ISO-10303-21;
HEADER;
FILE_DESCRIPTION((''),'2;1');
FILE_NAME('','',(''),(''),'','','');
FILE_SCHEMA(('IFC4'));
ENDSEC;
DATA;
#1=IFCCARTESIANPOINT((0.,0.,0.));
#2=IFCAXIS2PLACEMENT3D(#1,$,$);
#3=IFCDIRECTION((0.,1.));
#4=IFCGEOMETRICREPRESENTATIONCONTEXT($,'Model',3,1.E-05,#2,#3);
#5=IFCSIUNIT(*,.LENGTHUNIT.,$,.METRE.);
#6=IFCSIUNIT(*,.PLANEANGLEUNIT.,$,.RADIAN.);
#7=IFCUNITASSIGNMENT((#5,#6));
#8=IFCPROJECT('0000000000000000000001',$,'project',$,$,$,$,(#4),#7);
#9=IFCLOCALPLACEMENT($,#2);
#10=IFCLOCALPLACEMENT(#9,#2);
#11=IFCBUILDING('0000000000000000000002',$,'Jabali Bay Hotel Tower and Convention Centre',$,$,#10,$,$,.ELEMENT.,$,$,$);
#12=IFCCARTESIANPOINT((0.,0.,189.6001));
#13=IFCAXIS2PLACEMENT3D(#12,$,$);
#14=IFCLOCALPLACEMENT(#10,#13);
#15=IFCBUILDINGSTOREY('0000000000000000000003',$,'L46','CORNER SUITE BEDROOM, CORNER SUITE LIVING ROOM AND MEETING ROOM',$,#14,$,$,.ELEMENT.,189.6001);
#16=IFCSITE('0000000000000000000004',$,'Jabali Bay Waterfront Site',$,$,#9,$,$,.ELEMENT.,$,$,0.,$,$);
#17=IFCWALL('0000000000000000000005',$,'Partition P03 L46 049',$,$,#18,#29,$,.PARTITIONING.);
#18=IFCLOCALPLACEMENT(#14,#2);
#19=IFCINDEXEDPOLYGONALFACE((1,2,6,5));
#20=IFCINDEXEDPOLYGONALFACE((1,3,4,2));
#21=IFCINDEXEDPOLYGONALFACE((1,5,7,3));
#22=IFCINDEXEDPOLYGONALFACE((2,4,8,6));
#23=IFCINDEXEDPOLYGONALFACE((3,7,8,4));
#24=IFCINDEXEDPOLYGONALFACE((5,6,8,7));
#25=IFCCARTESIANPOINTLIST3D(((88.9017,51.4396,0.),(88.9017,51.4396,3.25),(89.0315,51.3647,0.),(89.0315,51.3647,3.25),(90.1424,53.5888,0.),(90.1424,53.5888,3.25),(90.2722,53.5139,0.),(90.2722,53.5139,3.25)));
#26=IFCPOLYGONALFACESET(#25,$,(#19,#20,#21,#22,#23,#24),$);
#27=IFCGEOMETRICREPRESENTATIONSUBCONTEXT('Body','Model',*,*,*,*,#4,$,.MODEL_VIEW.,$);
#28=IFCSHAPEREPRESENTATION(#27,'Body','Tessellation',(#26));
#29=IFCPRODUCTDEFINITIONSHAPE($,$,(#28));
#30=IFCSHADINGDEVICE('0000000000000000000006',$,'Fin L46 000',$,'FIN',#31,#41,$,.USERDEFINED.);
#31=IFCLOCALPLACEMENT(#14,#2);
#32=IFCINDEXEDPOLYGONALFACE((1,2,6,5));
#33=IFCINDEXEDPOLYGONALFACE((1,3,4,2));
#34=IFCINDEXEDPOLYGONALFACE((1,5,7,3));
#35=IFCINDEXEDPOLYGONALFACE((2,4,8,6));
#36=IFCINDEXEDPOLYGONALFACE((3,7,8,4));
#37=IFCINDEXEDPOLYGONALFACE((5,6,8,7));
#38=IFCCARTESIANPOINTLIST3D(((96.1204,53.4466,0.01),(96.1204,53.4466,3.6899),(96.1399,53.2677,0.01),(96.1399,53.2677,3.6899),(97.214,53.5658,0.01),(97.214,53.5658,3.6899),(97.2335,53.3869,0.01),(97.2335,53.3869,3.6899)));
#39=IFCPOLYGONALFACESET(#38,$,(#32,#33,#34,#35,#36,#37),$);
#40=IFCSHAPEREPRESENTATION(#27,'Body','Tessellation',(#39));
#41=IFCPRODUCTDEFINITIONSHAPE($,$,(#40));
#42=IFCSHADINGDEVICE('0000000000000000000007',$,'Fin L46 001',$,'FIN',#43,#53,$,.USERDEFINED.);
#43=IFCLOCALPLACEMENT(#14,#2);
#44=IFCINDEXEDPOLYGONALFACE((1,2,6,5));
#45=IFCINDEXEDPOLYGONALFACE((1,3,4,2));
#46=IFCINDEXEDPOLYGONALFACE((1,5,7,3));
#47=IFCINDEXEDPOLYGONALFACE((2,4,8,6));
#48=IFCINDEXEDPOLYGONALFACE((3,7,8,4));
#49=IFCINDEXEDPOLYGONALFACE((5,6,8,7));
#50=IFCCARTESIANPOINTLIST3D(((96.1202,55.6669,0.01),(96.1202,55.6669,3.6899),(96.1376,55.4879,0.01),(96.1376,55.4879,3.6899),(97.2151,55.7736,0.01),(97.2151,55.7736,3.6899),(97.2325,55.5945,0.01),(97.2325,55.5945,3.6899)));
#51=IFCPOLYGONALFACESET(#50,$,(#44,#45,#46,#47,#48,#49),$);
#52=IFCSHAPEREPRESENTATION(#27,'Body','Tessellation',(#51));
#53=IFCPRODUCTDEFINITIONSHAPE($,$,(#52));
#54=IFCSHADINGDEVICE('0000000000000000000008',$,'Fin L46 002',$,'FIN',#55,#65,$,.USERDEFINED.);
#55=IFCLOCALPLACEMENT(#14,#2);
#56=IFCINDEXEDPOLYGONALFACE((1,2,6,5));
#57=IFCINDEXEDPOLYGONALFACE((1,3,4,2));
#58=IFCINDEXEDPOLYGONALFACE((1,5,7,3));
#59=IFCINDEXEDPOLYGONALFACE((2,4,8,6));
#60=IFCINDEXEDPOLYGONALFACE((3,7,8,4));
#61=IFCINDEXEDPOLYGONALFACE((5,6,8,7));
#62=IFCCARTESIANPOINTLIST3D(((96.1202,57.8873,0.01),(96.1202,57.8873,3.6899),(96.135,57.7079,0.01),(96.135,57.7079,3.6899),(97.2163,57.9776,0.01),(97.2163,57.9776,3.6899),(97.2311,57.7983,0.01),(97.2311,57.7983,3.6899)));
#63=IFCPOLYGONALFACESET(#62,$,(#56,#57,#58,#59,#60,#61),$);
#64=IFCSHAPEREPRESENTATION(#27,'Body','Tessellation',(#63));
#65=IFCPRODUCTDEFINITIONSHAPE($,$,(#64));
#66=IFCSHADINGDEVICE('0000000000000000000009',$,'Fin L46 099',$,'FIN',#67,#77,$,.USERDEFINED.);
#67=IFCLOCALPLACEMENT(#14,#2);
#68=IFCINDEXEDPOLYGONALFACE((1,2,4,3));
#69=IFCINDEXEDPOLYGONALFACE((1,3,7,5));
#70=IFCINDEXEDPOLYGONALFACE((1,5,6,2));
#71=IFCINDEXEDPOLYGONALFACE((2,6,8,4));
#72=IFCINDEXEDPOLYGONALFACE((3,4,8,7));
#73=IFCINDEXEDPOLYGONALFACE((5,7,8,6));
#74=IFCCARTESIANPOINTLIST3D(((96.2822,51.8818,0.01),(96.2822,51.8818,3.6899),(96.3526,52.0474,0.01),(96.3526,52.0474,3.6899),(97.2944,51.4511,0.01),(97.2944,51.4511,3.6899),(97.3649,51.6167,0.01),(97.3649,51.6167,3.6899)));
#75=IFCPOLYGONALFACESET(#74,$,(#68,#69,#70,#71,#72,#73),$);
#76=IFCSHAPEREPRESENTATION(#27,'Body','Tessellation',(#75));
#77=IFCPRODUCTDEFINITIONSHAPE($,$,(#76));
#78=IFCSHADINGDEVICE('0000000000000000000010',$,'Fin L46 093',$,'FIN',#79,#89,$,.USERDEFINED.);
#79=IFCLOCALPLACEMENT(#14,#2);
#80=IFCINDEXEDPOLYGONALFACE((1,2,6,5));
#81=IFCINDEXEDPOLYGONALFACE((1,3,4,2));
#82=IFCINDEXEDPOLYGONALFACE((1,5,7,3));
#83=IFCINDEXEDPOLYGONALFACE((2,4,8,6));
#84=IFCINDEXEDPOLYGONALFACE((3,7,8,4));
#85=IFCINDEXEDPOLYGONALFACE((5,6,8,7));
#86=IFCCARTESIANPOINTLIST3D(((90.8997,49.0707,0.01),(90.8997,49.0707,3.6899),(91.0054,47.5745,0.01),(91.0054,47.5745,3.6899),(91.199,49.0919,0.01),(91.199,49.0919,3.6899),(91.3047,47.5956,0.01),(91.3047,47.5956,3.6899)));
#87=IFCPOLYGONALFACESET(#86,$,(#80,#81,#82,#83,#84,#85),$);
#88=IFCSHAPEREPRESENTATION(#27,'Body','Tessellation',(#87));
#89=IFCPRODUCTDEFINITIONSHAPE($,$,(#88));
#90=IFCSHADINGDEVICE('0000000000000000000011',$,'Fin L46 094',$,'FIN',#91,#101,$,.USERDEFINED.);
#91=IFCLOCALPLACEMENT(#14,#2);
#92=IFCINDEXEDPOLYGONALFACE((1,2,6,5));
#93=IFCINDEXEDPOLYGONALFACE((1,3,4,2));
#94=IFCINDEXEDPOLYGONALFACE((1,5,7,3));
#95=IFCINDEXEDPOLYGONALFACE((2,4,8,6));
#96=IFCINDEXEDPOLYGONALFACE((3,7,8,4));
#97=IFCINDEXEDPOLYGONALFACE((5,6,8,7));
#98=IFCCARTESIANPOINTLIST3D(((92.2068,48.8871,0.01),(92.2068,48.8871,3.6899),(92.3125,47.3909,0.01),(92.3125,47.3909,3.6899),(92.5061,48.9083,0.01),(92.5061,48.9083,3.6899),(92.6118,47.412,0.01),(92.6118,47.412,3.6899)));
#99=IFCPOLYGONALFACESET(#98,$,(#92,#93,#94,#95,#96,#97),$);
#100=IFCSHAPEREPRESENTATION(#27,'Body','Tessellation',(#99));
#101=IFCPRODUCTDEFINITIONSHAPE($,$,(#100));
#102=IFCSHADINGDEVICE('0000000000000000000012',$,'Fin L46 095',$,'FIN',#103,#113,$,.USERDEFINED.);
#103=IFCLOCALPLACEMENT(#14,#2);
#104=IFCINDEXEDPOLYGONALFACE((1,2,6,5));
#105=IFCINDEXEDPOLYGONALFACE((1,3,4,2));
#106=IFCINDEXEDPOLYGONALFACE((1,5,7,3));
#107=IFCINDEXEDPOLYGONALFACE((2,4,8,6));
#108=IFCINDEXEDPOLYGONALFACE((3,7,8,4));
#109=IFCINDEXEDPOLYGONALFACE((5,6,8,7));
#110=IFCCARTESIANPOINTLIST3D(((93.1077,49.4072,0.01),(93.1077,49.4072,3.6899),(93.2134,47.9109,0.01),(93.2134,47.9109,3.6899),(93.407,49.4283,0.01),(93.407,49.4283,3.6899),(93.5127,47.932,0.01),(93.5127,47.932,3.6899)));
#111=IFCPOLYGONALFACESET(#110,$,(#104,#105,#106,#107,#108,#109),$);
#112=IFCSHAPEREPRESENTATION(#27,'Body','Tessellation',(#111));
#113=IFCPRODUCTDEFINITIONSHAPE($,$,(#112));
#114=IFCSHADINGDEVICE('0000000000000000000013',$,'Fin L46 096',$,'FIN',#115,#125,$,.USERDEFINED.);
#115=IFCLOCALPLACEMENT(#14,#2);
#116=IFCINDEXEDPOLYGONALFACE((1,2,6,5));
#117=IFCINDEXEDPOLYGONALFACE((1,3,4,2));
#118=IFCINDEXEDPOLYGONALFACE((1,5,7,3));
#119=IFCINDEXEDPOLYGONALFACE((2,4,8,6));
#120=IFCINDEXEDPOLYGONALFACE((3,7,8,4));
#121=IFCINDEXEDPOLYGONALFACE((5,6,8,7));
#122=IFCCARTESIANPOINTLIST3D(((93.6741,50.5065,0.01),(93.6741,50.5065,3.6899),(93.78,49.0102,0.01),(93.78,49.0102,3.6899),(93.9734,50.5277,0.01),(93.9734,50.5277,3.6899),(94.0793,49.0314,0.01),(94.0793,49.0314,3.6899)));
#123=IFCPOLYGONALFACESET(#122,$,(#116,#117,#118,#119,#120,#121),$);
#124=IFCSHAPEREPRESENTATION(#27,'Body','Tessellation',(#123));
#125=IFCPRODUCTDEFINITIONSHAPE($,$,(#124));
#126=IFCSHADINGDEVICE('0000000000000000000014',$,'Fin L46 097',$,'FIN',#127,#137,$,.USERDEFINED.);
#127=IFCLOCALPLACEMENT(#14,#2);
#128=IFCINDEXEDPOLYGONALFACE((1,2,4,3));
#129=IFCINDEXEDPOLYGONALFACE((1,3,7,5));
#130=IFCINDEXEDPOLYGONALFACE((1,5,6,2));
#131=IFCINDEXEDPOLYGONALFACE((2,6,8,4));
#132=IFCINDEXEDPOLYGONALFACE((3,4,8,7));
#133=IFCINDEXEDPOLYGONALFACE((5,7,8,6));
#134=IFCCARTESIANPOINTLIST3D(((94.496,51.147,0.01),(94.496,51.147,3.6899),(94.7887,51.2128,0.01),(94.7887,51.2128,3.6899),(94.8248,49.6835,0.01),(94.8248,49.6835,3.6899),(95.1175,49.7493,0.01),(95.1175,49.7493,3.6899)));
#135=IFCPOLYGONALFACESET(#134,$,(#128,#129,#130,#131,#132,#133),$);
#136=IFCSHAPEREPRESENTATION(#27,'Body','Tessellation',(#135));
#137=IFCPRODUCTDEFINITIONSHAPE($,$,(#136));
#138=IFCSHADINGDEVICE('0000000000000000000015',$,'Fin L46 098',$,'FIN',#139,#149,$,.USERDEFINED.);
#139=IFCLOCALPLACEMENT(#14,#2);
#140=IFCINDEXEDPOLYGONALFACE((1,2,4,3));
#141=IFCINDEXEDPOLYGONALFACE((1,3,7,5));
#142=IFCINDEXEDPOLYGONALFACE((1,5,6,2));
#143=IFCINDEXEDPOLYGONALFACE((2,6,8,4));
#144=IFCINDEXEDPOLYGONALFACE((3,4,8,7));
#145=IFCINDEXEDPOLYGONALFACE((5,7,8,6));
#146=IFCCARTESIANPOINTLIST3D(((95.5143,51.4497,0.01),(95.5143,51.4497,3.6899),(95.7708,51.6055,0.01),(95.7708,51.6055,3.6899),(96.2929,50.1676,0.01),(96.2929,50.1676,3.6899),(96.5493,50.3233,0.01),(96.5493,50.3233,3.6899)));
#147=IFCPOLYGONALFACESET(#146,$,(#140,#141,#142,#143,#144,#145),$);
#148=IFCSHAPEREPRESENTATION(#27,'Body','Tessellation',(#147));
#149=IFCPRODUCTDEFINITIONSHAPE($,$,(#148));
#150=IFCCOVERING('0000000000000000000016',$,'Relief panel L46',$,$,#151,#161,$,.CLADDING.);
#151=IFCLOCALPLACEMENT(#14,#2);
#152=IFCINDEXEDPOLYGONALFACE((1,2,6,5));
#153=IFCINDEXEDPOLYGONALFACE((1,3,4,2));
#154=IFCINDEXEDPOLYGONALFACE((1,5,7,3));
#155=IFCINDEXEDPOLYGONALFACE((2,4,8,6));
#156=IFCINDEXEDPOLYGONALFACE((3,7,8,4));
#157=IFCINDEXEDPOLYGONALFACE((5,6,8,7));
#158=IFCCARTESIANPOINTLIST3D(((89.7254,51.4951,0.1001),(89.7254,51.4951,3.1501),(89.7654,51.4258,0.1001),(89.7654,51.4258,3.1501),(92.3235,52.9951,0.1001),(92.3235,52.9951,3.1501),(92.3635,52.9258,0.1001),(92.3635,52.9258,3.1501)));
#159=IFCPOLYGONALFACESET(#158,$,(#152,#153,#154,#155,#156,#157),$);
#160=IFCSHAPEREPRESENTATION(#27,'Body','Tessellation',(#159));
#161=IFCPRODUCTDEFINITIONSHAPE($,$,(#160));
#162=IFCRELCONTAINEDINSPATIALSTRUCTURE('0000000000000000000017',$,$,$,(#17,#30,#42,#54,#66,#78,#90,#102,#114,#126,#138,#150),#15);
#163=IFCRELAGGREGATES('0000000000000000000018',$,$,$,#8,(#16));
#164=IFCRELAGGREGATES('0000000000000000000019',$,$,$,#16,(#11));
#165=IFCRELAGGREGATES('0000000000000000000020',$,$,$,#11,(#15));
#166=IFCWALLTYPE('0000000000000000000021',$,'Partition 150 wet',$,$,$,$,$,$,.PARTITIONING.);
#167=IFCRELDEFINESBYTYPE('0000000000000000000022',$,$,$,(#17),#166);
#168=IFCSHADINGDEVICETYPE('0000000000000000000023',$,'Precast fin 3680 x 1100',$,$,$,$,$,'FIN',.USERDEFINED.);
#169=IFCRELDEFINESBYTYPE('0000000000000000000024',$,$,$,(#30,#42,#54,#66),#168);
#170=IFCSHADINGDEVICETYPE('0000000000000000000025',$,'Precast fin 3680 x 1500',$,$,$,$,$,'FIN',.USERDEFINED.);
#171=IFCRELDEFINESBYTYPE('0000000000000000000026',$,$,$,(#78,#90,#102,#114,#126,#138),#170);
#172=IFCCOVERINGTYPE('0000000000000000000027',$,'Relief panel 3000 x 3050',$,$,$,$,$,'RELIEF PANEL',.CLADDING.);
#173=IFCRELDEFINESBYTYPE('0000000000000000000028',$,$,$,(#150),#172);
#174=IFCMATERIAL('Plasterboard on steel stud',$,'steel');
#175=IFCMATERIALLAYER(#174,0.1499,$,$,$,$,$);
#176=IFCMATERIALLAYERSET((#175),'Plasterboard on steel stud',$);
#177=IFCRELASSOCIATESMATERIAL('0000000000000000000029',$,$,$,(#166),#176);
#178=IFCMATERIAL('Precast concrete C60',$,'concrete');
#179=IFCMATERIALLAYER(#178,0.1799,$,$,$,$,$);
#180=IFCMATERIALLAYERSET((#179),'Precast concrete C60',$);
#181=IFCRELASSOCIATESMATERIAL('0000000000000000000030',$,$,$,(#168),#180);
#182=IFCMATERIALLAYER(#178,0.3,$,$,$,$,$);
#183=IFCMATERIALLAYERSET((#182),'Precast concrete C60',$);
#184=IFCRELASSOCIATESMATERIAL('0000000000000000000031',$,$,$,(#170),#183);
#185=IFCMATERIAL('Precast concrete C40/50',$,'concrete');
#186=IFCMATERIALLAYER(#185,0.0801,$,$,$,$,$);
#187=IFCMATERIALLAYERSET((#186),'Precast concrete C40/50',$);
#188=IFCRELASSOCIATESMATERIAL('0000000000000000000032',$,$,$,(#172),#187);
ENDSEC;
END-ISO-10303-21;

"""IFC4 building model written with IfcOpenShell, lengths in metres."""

from ifc_helpers import new_model, si_unit, direction, frame, frame_2d, origin, origin_2d, place, context, subcontext, project, spatial, rectangle, extrude, material, layer, layer_set, type_object, element, save


model = new_model("IFC4")

# Units and contexts
model_context = context("Model", 3, precision=1e-05, world=origin(), true_north=direction((0.0, 1.0)))
body_context = subcontext(model_context, "Body", "Model", "MODEL_VIEW")
ifc_project = project(units=[si_unit("LENGTHUNIT", "METRE"), si_unit("PLANEANGLEUNIT", "RADIAN")], contexts=[model_context])

# Site, building, storey
site_placement = place(None, origin())
site = spatial("IfcSite", under=ifc_project, at=site_placement, Name="Jabali Bay Waterfront Site", CompositionType="ELEMENT", RefElevation=0.0)
building_placement = place(site_placement, origin())
building = spatial("IfcBuilding", under=site, at=building_placement, Name="Jabali Bay Hotel Tower and Convention Centre", CompositionType="ELEMENT")
storey_placement = place(building_placement, frame((0.0, 0.0, 189.6001)))
storey = spatial("IfcBuildingStorey", under=building, at=storey_placement, Name="L46", Description="CORNER SUITE BEDROOM, CORNER SUITE LIVING ROOM AND MEETING ROOM", CompositionType="ELEMENT", Elevation=189.6001)

# Shared definitions
ifc_material_1 = material(Name="Plasterboard on steel stud", Category="steel")
ifc_layer_1 = layer(ifc_material_1, 0.1499)
ifc_layer_set_1 = layer_set([ifc_layer_1], Name="Plasterboard on steel stud")
wall_type_1 = type_object("IfcWallType", Name="Partition 150 wet", PredefinedType="PARTITIONING", material=ifc_layer_set_1)

# Wall
wall_1_placement = place(storey_placement, frame((90.2073, 53.5513, 0.0), z_axis=(0.0, 0.0, 1.0), x_axis=(-0.499969, -0.866043, 0.0)))
element("IfcWall", 1, at=wall_1_placement, inside=storey, type_object=wall_type_1, Name="Partition P03 L46 049", PredefinedType="PARTITIONING", context=body_context, shape_type="SweptSolid", body=[
    extrude(rectangle(XDim=2.4817, YDim=0.1499, at=frame_2d((1.2407, 0.0))), origin(), (0.0, 0.0, 1.0), 3.25),
])

# Shading devices
ifc_material_2 = material(Name="Precast concrete C60", Category="concrete")
ifc_layer_2 = layer(ifc_material_2, 0.1799)
ifc_layer_set_2 = layer_set([ifc_layer_2], Name="Precast concrete C60")
shading_device_type_1 = type_object("IfcShadingDeviceType", Name="Precast fin 3680 x 1100", ElementType="FIN", PredefinedType="USERDEFINED", material=ifc_layer_set_2)
for number, where, z_axis, x_axis, name in (
    (2, (96.1301, 53.3572, 0.01), (0.0, 0.0, 1.0), (0.994117, 0.108312, 0.0), "Fin L46 000"),
    (3, (96.1289, 55.5774, 0.01), (0.0, 0.0, 1.0), (0.995287, 0.096977, 0.0), "Fin L46 001"),
):
    element("IfcShadingDevice", number, at=place(storey_placement, frame(where, z_axis=z_axis, x_axis=x_axis)), inside=storey, type_object=shading_device_type_1, Name=name, ObjectType="FIN", PredefinedType="USERDEFINED", context=body_context, shape_type="SweptSolid", body=[
        extrude(rectangle(XDim=1.1001, YDim=0.1799, at=frame_2d((0.55, 0.0))), origin(), (0.0, 0.0, 1.0), 3.6799),
    ])
shading_device_1_placement = place(storey_placement, frame((96.1277, 57.7976, 0.01), z_axis=(0.0, 0.0, 1.0), x_axis=(0.996622, 0.082127, 0.0)))
element("IfcShadingDevice", 4, at=shading_device_1_placement, inside=storey, type_object=shading_device_type_1, Name="Fin L46 002", ObjectType="FIN", PredefinedType="USERDEFINED", context=body_context, shape_type="SweptSolid", body=[
    extrude(rectangle(XDim=1.0999, YDim=0.1799, at=frame_2d((0.5498, 0.0))), origin(), (0.0, 0.0, 1.0), 3.6799),
])
shading_device_2_placement = place(storey_placement, frame((96.3174, 51.9646, 0.01), z_axis=(0.0, 0.0, 1.0), x_axis=(0.920175, -0.391507, 0.0)))
element("IfcShadingDevice", 5, at=shading_device_2_placement, inside=storey, type_object=shading_device_type_1, Name="Fin L46 099", ObjectType="FIN", PredefinedType="USERDEFINED", context=body_context, shape_type="SweptSolid", body=[
    extrude(rectangle(XDim=1.1001, YDim=0.1799, at=frame_2d((0.55, 0.0))), origin(), (0.0, 0.0, 1.0), 3.6799),
])
ifc_layer_3 = layer(ifc_material_2, 0.3)
ifc_layer_set_3 = layer_set([ifc_layer_3], Name="Precast concrete C60")
shading_device_type_2 = type_object("IfcShadingDeviceType", Name="Precast fin 3680 x 1500", ElementType="FIN", PredefinedType="USERDEFINED", material=ifc_layer_set_3)
for number, where, z_axis, x_axis, name in (
    (6, (91.0493, 49.0813, 0.01), (0.0, 0.0, 1.0), (0.070472, -0.997514, 0.0), "Fin L46 093"),
    (7, (92.3564, 48.8977, 0.01), (0.0, 0.0, 1.0), (0.070472, -0.997514, 0.0), "Fin L46 094"),
    (8, (93.2573, 49.4177, 0.01), (0.0, 0.0, 1.0), (0.070472, -0.997514, 0.0), "Fin L46 095"),
    (9, (93.8237, 50.5171, 0.01), (0.0, 0.0, 1.0), (0.070634, -0.997502, 0.0), "Fin L46 096"),
    (10, (94.6423, 51.1799, 0.01), (0.0, 0.0, 1.0), (0.219222, -0.975675, 0.0), "Fin L46 097"),
    (11, (95.6426, 51.5276, 0.01), (0.0, 0.0, 1.0), (0.519012, -0.854767, 0.0), "Fin L46 098"),
):
    element("IfcShadingDevice", number, at=place(storey_placement, frame(where, z_axis=z_axis, x_axis=x_axis)), inside=storey, type_object=shading_device_type_2, Name=name, ObjectType="FIN", PredefinedType="USERDEFINED", context=body_context, shape_type="SweptSolid", body=[
        extrude(rectangle(XDim=1.5, YDim=0.3, at=frame_2d((0.75, 0.0))), origin(), (0.0, 0.0, 1.0), 3.6799),
    ])

# Covering
ifc_material_3 = material(Name="Precast concrete C40/50", Category="concrete")
ifc_layer_4 = layer(ifc_material_3, 0.0801)
ifc_layer_set_4 = layer_set([ifc_layer_4], Name="Precast concrete C40/50")
covering_type = type_object("IfcCoveringType", Name="Relief panel 3000 x 3050", ElementType="RELIEF PANEL", PredefinedType="CLADDING", material=ifc_layer_set_4)
covering_placement = place(storey_placement, frame((91.0444, 52.2104, 0.1001), z_axis=(0.0, 0.0, 1.0), x_axis=(-0.866025, -0.5, 0.0)))
element("IfcCovering", 12, at=covering_placement, inside=storey, type_object=covering_type, Name="Relief panel L46", PredefinedType="CLADDING", context=body_context, shape_type="SweptSolid", body=[
    extrude(rectangle(XDim=3.0, YDim=0.0801, at=origin_2d()), origin(), (0.0, 0.0, 1.0), 3.05),
])

save(model, "model.ifc")
